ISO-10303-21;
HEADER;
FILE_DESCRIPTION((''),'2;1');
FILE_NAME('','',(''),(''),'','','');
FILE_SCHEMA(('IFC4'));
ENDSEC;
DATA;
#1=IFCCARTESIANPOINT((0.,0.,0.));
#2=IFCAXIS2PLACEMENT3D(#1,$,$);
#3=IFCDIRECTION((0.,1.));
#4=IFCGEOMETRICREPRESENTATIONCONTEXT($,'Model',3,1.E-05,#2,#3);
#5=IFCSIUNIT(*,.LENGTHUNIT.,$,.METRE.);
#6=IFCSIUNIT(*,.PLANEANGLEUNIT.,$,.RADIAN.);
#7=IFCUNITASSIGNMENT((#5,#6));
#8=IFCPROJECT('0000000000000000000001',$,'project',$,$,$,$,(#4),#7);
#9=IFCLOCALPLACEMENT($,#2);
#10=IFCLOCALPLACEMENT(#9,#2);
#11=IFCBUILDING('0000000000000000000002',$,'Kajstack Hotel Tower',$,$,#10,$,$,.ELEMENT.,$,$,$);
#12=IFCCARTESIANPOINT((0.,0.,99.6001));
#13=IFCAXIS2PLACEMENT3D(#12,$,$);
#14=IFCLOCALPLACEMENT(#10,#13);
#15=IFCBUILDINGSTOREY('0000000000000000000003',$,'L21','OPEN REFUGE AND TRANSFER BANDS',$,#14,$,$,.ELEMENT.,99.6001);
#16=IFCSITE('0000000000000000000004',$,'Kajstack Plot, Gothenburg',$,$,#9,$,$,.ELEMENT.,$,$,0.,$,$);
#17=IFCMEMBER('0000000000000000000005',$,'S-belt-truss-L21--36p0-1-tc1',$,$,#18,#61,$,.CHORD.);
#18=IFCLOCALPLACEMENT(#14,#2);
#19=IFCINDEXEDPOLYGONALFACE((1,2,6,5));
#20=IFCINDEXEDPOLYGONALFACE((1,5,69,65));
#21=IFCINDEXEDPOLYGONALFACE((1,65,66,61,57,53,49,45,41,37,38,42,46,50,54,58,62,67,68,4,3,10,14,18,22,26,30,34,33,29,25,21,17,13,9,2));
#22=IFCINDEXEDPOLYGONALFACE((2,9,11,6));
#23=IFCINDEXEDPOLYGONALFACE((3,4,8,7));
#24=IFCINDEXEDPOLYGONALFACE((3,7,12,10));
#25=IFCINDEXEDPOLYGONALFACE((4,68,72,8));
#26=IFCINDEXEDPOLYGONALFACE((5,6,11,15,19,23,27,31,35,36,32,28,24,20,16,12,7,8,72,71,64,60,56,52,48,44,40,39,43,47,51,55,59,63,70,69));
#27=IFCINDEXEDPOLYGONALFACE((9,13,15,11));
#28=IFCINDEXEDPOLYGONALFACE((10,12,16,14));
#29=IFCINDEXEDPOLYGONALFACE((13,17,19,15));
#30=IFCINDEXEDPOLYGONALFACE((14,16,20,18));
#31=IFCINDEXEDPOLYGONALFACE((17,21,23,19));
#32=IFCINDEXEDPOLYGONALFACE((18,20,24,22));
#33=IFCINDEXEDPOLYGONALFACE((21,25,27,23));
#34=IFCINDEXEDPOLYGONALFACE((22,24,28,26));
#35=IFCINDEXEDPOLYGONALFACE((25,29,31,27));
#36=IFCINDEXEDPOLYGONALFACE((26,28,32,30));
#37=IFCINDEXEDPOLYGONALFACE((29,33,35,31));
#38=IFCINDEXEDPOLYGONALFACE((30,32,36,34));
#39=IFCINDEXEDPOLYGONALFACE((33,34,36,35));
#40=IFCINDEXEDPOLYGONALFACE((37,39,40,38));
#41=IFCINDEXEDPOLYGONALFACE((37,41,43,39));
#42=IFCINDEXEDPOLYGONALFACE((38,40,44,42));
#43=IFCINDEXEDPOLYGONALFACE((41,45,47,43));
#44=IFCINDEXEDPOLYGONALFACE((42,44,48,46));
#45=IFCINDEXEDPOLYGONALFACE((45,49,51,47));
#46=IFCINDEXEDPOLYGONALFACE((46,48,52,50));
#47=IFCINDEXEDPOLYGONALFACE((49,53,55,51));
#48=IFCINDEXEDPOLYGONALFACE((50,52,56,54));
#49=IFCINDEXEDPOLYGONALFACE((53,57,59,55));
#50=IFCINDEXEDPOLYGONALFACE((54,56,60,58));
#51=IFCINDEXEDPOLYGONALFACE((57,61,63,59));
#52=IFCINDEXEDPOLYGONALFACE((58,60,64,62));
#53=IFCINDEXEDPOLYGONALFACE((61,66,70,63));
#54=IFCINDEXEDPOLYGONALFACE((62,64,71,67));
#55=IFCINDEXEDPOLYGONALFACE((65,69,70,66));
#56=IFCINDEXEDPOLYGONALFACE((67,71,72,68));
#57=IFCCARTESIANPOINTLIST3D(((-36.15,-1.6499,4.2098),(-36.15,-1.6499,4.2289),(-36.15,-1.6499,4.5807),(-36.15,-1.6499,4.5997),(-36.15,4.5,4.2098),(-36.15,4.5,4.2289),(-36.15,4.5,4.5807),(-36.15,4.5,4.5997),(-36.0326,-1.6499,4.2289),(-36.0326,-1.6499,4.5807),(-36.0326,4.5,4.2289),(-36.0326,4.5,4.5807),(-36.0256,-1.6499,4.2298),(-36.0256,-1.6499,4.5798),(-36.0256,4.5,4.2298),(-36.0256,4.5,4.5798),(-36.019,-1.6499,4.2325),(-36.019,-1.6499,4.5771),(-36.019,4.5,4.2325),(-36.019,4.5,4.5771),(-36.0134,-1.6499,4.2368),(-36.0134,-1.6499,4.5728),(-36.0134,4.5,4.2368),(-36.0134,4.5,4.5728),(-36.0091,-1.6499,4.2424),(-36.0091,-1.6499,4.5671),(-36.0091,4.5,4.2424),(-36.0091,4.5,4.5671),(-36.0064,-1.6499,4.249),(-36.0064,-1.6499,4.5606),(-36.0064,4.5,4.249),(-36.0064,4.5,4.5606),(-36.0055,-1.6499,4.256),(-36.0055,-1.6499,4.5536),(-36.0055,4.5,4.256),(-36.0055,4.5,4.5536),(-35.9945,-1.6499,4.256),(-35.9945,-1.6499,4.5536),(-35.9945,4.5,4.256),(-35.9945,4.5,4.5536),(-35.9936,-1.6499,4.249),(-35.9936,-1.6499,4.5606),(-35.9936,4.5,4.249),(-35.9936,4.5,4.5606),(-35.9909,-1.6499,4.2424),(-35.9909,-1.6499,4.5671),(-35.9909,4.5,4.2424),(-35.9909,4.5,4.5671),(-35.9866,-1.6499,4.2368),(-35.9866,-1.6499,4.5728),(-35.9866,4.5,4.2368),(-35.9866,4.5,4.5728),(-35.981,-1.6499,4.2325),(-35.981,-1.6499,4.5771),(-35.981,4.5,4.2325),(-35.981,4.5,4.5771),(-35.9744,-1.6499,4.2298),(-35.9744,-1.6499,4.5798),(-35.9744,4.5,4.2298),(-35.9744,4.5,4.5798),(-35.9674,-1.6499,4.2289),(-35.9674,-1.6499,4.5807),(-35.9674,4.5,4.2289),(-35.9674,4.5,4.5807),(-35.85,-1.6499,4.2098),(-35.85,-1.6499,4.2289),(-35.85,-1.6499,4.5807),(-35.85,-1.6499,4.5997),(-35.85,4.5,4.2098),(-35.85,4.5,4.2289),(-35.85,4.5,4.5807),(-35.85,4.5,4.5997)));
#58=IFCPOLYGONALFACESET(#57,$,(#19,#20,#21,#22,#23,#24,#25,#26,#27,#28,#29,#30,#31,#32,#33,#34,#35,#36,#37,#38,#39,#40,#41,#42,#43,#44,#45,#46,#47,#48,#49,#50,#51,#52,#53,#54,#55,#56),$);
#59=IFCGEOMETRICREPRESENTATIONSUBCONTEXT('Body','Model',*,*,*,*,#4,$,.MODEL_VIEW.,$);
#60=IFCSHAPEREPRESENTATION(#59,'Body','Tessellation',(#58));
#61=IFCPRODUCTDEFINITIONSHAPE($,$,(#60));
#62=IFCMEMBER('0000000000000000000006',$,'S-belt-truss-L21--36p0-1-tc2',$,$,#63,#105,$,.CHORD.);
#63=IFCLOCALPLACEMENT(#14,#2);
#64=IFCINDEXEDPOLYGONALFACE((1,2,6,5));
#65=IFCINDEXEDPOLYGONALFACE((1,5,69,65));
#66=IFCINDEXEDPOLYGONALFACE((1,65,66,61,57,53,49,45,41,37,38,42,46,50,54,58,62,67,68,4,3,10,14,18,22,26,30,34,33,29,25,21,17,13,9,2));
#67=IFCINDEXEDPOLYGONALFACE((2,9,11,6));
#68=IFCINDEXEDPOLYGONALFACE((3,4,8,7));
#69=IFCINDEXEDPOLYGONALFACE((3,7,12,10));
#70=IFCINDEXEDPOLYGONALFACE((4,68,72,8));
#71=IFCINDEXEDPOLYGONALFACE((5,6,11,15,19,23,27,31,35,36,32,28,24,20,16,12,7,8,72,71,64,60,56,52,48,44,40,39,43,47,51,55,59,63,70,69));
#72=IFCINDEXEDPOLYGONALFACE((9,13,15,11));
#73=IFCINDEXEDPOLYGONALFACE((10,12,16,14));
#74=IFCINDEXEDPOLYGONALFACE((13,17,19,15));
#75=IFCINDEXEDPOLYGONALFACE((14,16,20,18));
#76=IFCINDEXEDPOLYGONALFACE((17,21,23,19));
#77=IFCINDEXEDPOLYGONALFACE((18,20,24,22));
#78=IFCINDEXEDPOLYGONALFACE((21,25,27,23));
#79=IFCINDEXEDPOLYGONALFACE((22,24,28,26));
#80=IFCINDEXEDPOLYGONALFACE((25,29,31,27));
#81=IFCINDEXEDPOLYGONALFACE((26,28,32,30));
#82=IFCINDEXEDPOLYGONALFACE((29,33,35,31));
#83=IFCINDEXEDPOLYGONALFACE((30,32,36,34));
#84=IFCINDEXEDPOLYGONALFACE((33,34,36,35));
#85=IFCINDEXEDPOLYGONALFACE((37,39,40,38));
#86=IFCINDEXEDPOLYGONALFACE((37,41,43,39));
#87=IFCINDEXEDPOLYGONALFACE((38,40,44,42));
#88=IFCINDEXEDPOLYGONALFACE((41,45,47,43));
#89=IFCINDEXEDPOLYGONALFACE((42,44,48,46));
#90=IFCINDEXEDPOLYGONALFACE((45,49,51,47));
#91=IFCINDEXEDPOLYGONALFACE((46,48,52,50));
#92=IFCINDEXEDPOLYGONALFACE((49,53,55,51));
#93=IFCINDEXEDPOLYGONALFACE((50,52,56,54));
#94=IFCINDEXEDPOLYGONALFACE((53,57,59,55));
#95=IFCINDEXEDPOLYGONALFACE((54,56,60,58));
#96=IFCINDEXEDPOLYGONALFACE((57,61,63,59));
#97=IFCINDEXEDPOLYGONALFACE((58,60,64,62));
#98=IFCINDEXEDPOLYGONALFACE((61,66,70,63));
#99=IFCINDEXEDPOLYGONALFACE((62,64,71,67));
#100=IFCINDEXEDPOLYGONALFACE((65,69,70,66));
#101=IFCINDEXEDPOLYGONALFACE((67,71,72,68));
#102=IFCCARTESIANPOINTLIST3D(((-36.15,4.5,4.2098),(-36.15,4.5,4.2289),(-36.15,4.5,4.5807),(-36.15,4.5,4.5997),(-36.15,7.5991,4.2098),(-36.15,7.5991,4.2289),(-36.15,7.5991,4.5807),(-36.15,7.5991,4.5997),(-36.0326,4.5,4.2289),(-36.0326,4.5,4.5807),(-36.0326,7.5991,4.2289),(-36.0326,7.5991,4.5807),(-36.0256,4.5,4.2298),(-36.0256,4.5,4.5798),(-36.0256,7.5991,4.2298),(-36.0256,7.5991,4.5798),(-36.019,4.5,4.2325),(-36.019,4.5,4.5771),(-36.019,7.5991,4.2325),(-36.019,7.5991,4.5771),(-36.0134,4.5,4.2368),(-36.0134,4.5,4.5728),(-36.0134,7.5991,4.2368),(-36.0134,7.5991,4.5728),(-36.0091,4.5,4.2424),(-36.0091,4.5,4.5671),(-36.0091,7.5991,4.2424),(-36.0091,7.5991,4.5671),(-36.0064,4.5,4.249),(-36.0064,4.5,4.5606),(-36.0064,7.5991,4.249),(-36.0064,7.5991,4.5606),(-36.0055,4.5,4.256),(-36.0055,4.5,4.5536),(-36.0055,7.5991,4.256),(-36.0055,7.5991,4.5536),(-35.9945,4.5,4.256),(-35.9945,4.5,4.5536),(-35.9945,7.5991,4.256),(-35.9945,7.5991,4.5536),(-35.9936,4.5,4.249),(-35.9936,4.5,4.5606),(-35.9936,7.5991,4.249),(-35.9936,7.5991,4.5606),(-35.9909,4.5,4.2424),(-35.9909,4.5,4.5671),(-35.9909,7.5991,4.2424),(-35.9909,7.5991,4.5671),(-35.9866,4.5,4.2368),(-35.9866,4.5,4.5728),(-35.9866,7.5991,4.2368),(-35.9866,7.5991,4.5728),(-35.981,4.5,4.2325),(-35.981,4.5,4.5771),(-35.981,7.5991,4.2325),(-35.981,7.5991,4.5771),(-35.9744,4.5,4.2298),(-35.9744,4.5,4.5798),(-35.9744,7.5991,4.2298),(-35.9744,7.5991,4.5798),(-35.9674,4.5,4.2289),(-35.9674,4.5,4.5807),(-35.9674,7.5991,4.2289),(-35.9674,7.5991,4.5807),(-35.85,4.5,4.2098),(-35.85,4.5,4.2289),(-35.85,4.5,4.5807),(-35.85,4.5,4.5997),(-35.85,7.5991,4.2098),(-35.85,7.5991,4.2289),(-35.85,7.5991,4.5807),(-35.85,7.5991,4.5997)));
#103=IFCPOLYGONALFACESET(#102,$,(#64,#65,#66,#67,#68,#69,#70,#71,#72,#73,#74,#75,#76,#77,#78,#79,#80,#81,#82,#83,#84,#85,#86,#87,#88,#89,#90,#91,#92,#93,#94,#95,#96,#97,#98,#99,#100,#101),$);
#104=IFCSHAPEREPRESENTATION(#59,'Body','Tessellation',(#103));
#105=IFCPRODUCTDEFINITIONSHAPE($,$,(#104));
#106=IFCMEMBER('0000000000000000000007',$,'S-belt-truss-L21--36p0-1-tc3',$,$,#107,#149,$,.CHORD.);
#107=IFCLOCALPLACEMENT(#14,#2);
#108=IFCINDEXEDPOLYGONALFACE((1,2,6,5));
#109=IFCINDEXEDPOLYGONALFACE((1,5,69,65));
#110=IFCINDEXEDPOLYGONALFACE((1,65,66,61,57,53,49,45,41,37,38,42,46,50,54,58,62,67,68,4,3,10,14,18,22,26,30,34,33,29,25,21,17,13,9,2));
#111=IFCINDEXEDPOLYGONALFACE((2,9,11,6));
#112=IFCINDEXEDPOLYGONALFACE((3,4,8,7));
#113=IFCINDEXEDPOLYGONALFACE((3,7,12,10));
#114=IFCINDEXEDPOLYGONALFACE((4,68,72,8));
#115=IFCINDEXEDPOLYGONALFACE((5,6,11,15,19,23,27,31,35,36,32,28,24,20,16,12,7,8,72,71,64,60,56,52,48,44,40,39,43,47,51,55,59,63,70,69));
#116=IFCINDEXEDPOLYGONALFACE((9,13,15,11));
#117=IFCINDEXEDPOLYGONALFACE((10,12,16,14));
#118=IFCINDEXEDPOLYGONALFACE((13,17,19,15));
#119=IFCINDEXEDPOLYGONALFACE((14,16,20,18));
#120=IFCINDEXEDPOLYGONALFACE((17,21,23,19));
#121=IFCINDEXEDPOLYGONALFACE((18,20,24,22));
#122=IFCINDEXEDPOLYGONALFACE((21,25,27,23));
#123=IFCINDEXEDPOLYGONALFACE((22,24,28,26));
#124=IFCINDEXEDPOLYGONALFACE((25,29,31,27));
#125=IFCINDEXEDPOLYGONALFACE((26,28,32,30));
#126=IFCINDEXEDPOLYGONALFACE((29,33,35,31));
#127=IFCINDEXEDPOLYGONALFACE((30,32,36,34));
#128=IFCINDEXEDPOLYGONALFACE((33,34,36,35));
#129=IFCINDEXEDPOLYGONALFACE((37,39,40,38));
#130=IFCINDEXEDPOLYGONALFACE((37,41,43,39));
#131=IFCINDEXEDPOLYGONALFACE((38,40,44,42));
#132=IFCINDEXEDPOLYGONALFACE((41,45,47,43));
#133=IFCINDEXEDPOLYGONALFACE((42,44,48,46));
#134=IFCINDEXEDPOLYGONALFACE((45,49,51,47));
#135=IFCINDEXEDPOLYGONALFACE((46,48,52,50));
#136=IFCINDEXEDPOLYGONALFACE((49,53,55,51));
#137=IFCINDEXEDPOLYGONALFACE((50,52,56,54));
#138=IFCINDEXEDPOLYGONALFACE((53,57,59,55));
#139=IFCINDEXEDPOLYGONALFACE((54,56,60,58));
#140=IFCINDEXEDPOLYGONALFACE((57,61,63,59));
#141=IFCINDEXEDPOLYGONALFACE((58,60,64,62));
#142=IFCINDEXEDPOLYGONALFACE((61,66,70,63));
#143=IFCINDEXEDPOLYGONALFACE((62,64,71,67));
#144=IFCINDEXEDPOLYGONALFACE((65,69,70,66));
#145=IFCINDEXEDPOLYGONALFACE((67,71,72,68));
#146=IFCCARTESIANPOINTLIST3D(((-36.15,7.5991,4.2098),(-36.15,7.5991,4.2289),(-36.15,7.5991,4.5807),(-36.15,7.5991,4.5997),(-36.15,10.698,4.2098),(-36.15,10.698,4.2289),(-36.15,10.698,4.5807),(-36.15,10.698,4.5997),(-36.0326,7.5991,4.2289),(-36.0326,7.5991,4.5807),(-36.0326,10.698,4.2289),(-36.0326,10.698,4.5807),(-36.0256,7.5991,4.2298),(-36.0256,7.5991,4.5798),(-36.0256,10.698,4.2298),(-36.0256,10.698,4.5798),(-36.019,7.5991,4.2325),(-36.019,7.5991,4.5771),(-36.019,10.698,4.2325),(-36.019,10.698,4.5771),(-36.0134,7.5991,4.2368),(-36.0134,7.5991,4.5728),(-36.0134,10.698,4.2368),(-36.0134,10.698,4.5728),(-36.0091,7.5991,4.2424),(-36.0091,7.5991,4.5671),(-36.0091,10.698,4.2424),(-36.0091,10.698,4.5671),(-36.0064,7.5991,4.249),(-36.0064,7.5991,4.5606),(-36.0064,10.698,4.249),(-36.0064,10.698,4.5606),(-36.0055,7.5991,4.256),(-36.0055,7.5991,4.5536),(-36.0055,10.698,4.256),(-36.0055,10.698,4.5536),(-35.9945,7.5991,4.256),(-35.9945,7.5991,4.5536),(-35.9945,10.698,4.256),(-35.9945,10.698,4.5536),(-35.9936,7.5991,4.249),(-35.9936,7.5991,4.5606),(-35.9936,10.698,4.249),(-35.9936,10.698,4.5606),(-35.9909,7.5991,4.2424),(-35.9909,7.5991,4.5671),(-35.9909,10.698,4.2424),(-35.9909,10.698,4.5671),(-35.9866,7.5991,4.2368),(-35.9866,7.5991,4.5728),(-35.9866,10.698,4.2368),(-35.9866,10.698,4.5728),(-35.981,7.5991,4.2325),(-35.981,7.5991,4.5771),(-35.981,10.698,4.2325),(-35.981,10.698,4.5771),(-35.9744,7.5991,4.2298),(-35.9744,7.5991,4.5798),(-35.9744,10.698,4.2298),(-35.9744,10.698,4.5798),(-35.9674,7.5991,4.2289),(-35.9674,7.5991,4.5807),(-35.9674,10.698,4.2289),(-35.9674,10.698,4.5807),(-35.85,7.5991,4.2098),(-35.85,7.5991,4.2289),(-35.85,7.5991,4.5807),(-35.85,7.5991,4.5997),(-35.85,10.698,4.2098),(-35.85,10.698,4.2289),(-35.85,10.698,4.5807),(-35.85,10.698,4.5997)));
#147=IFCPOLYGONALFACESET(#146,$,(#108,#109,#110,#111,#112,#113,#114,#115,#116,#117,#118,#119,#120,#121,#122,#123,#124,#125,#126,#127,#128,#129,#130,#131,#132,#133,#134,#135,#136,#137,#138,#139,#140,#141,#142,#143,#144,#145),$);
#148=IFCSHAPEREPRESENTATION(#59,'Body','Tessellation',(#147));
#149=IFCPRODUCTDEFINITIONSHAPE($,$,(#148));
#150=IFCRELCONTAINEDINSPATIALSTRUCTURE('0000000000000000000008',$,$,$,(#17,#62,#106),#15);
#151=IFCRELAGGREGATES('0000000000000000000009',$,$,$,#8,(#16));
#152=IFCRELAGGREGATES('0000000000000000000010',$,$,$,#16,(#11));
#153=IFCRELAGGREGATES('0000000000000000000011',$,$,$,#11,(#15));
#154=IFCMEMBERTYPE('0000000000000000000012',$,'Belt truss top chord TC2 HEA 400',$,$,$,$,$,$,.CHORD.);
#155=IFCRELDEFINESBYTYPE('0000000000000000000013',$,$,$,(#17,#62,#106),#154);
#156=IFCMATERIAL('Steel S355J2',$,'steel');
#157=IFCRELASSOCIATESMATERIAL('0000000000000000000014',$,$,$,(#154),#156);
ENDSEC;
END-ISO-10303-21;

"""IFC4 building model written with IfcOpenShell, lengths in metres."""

from ifc_helpers import new_model, si_unit, direction, frame, origin, origin_2d, place, context, subcontext, project, spatial, i_section, extrude, material, material_profile, profile_set, type_object, element, save


model = new_model("IFC4")

# Units and contexts
model_context = context("Model", 3, precision=1e-05, world=origin(), true_north=direction((0.0, 1.0)))
body_context = subcontext(model_context, "Body", "Model", "MODEL_VIEW")
ifc_project = project(units=[si_unit("LENGTHUNIT", "METRE"), si_unit("PLANEANGLEUNIT", "RADIAN")], contexts=[model_context])

# Site, building, storey
site_placement = place(None, origin())
site = spatial("IfcSite", under=ifc_project, at=site_placement, Name="Kajstack Plot, Gothenburg", CompositionType="ELEMENT", RefElevation=0.0)
building_placement = place(site_placement, origin())
building = spatial("IfcBuilding", under=site, at=building_placement, Name="Kajstack Hotel Tower", CompositionType="ELEMENT")
storey_placement = place(building_placement, frame((0.0, 0.0, 99.6001)))
storey = spatial("IfcBuildingStorey", under=building, at=storey_placement, Name="L21", Description="OPEN REFUGE AND TRANSFER BANDS", CompositionType="ELEMENT", Elevation=99.6001)

# Members
ifc_material_1 = material(Name="Steel S355J2", Category="steel")
ifc_material_profile_1 = material_profile(ifc_material_1, i_section(OverallWidth=0.3, OverallDepth=0.3899, WebThickness=0.011, FlangeThickness=0.019, FilletRadius=0.0271, at=origin_2d()), Name="HEA 400")
ifc_profile_set_1 = profile_set([ifc_material_profile_1], Name="Steel S355J2")
member_type_1 = type_object("IfcMemberType", Name="Belt truss top chord TC2 HEA 400", PredefinedType="CHORD", material=ifc_profile_set_1)
member_1_placement = place(storey_placement, frame((-36.0, -1.6499, 4.4048), z_axis=(0.0, 1.0, 0.0), x_axis=(-1.0, 0.0, 0.0)))
element("IfcMember", 1, at=member_1_placement, inside=storey, type_object=member_type_1, Name="S-belt-truss-L21--36p0-1-tc1", PredefinedType="CHORD", context=body_context, shape_type="SweptSolid", body=[
    extrude(i_section(OverallWidth=0.3, OverallDepth=0.3899, WebThickness=0.011, FlangeThickness=0.019, FilletRadius=0.0271, at=origin_2d()), origin(), (0.0, 0.0, 1.0), 6.1499),
])
member_2_placement = place(storey_placement, frame((-36.0, 4.5, 4.4048), z_axis=(0.0, 1.0, 0.0), x_axis=(-1.0, 0.0, 0.0)))
element("IfcMember", 2, at=member_2_placement, inside=storey, type_object=member_type_1, Name="S-belt-truss-L21--36p0-1-tc2", PredefinedType="CHORD", context=body_context, shape_type="SweptSolid", body=[
    extrude(i_section(OverallWidth=0.3, OverallDepth=0.3899, WebThickness=0.011, FlangeThickness=0.019, FilletRadius=0.0271, at=origin_2d()), origin(), (0.0, 0.0, 1.0), 3.0991),
])
member_3_placement = place(storey_placement, frame((-36.0, 7.5991, 4.4048), z_axis=(0.0, 1.0, 0.0), x_axis=(-1.0, 0.0, 0.0)))
element("IfcMember", 3, at=member_3_placement, inside=storey, type_object=member_type_1, Name="S-belt-truss-L21--36p0-1-tc3", PredefinedType="CHORD", context=body_context, shape_type="SweptSolid", body=[
    extrude(i_section(OverallWidth=0.3, OverallDepth=0.3899, WebThickness=0.011, FlangeThickness=0.019, FilletRadius=0.0271, at=origin_2d()), origin(), (0.0, 0.0, 1.0), 3.0989),
])

save(model, "model.ifc")
